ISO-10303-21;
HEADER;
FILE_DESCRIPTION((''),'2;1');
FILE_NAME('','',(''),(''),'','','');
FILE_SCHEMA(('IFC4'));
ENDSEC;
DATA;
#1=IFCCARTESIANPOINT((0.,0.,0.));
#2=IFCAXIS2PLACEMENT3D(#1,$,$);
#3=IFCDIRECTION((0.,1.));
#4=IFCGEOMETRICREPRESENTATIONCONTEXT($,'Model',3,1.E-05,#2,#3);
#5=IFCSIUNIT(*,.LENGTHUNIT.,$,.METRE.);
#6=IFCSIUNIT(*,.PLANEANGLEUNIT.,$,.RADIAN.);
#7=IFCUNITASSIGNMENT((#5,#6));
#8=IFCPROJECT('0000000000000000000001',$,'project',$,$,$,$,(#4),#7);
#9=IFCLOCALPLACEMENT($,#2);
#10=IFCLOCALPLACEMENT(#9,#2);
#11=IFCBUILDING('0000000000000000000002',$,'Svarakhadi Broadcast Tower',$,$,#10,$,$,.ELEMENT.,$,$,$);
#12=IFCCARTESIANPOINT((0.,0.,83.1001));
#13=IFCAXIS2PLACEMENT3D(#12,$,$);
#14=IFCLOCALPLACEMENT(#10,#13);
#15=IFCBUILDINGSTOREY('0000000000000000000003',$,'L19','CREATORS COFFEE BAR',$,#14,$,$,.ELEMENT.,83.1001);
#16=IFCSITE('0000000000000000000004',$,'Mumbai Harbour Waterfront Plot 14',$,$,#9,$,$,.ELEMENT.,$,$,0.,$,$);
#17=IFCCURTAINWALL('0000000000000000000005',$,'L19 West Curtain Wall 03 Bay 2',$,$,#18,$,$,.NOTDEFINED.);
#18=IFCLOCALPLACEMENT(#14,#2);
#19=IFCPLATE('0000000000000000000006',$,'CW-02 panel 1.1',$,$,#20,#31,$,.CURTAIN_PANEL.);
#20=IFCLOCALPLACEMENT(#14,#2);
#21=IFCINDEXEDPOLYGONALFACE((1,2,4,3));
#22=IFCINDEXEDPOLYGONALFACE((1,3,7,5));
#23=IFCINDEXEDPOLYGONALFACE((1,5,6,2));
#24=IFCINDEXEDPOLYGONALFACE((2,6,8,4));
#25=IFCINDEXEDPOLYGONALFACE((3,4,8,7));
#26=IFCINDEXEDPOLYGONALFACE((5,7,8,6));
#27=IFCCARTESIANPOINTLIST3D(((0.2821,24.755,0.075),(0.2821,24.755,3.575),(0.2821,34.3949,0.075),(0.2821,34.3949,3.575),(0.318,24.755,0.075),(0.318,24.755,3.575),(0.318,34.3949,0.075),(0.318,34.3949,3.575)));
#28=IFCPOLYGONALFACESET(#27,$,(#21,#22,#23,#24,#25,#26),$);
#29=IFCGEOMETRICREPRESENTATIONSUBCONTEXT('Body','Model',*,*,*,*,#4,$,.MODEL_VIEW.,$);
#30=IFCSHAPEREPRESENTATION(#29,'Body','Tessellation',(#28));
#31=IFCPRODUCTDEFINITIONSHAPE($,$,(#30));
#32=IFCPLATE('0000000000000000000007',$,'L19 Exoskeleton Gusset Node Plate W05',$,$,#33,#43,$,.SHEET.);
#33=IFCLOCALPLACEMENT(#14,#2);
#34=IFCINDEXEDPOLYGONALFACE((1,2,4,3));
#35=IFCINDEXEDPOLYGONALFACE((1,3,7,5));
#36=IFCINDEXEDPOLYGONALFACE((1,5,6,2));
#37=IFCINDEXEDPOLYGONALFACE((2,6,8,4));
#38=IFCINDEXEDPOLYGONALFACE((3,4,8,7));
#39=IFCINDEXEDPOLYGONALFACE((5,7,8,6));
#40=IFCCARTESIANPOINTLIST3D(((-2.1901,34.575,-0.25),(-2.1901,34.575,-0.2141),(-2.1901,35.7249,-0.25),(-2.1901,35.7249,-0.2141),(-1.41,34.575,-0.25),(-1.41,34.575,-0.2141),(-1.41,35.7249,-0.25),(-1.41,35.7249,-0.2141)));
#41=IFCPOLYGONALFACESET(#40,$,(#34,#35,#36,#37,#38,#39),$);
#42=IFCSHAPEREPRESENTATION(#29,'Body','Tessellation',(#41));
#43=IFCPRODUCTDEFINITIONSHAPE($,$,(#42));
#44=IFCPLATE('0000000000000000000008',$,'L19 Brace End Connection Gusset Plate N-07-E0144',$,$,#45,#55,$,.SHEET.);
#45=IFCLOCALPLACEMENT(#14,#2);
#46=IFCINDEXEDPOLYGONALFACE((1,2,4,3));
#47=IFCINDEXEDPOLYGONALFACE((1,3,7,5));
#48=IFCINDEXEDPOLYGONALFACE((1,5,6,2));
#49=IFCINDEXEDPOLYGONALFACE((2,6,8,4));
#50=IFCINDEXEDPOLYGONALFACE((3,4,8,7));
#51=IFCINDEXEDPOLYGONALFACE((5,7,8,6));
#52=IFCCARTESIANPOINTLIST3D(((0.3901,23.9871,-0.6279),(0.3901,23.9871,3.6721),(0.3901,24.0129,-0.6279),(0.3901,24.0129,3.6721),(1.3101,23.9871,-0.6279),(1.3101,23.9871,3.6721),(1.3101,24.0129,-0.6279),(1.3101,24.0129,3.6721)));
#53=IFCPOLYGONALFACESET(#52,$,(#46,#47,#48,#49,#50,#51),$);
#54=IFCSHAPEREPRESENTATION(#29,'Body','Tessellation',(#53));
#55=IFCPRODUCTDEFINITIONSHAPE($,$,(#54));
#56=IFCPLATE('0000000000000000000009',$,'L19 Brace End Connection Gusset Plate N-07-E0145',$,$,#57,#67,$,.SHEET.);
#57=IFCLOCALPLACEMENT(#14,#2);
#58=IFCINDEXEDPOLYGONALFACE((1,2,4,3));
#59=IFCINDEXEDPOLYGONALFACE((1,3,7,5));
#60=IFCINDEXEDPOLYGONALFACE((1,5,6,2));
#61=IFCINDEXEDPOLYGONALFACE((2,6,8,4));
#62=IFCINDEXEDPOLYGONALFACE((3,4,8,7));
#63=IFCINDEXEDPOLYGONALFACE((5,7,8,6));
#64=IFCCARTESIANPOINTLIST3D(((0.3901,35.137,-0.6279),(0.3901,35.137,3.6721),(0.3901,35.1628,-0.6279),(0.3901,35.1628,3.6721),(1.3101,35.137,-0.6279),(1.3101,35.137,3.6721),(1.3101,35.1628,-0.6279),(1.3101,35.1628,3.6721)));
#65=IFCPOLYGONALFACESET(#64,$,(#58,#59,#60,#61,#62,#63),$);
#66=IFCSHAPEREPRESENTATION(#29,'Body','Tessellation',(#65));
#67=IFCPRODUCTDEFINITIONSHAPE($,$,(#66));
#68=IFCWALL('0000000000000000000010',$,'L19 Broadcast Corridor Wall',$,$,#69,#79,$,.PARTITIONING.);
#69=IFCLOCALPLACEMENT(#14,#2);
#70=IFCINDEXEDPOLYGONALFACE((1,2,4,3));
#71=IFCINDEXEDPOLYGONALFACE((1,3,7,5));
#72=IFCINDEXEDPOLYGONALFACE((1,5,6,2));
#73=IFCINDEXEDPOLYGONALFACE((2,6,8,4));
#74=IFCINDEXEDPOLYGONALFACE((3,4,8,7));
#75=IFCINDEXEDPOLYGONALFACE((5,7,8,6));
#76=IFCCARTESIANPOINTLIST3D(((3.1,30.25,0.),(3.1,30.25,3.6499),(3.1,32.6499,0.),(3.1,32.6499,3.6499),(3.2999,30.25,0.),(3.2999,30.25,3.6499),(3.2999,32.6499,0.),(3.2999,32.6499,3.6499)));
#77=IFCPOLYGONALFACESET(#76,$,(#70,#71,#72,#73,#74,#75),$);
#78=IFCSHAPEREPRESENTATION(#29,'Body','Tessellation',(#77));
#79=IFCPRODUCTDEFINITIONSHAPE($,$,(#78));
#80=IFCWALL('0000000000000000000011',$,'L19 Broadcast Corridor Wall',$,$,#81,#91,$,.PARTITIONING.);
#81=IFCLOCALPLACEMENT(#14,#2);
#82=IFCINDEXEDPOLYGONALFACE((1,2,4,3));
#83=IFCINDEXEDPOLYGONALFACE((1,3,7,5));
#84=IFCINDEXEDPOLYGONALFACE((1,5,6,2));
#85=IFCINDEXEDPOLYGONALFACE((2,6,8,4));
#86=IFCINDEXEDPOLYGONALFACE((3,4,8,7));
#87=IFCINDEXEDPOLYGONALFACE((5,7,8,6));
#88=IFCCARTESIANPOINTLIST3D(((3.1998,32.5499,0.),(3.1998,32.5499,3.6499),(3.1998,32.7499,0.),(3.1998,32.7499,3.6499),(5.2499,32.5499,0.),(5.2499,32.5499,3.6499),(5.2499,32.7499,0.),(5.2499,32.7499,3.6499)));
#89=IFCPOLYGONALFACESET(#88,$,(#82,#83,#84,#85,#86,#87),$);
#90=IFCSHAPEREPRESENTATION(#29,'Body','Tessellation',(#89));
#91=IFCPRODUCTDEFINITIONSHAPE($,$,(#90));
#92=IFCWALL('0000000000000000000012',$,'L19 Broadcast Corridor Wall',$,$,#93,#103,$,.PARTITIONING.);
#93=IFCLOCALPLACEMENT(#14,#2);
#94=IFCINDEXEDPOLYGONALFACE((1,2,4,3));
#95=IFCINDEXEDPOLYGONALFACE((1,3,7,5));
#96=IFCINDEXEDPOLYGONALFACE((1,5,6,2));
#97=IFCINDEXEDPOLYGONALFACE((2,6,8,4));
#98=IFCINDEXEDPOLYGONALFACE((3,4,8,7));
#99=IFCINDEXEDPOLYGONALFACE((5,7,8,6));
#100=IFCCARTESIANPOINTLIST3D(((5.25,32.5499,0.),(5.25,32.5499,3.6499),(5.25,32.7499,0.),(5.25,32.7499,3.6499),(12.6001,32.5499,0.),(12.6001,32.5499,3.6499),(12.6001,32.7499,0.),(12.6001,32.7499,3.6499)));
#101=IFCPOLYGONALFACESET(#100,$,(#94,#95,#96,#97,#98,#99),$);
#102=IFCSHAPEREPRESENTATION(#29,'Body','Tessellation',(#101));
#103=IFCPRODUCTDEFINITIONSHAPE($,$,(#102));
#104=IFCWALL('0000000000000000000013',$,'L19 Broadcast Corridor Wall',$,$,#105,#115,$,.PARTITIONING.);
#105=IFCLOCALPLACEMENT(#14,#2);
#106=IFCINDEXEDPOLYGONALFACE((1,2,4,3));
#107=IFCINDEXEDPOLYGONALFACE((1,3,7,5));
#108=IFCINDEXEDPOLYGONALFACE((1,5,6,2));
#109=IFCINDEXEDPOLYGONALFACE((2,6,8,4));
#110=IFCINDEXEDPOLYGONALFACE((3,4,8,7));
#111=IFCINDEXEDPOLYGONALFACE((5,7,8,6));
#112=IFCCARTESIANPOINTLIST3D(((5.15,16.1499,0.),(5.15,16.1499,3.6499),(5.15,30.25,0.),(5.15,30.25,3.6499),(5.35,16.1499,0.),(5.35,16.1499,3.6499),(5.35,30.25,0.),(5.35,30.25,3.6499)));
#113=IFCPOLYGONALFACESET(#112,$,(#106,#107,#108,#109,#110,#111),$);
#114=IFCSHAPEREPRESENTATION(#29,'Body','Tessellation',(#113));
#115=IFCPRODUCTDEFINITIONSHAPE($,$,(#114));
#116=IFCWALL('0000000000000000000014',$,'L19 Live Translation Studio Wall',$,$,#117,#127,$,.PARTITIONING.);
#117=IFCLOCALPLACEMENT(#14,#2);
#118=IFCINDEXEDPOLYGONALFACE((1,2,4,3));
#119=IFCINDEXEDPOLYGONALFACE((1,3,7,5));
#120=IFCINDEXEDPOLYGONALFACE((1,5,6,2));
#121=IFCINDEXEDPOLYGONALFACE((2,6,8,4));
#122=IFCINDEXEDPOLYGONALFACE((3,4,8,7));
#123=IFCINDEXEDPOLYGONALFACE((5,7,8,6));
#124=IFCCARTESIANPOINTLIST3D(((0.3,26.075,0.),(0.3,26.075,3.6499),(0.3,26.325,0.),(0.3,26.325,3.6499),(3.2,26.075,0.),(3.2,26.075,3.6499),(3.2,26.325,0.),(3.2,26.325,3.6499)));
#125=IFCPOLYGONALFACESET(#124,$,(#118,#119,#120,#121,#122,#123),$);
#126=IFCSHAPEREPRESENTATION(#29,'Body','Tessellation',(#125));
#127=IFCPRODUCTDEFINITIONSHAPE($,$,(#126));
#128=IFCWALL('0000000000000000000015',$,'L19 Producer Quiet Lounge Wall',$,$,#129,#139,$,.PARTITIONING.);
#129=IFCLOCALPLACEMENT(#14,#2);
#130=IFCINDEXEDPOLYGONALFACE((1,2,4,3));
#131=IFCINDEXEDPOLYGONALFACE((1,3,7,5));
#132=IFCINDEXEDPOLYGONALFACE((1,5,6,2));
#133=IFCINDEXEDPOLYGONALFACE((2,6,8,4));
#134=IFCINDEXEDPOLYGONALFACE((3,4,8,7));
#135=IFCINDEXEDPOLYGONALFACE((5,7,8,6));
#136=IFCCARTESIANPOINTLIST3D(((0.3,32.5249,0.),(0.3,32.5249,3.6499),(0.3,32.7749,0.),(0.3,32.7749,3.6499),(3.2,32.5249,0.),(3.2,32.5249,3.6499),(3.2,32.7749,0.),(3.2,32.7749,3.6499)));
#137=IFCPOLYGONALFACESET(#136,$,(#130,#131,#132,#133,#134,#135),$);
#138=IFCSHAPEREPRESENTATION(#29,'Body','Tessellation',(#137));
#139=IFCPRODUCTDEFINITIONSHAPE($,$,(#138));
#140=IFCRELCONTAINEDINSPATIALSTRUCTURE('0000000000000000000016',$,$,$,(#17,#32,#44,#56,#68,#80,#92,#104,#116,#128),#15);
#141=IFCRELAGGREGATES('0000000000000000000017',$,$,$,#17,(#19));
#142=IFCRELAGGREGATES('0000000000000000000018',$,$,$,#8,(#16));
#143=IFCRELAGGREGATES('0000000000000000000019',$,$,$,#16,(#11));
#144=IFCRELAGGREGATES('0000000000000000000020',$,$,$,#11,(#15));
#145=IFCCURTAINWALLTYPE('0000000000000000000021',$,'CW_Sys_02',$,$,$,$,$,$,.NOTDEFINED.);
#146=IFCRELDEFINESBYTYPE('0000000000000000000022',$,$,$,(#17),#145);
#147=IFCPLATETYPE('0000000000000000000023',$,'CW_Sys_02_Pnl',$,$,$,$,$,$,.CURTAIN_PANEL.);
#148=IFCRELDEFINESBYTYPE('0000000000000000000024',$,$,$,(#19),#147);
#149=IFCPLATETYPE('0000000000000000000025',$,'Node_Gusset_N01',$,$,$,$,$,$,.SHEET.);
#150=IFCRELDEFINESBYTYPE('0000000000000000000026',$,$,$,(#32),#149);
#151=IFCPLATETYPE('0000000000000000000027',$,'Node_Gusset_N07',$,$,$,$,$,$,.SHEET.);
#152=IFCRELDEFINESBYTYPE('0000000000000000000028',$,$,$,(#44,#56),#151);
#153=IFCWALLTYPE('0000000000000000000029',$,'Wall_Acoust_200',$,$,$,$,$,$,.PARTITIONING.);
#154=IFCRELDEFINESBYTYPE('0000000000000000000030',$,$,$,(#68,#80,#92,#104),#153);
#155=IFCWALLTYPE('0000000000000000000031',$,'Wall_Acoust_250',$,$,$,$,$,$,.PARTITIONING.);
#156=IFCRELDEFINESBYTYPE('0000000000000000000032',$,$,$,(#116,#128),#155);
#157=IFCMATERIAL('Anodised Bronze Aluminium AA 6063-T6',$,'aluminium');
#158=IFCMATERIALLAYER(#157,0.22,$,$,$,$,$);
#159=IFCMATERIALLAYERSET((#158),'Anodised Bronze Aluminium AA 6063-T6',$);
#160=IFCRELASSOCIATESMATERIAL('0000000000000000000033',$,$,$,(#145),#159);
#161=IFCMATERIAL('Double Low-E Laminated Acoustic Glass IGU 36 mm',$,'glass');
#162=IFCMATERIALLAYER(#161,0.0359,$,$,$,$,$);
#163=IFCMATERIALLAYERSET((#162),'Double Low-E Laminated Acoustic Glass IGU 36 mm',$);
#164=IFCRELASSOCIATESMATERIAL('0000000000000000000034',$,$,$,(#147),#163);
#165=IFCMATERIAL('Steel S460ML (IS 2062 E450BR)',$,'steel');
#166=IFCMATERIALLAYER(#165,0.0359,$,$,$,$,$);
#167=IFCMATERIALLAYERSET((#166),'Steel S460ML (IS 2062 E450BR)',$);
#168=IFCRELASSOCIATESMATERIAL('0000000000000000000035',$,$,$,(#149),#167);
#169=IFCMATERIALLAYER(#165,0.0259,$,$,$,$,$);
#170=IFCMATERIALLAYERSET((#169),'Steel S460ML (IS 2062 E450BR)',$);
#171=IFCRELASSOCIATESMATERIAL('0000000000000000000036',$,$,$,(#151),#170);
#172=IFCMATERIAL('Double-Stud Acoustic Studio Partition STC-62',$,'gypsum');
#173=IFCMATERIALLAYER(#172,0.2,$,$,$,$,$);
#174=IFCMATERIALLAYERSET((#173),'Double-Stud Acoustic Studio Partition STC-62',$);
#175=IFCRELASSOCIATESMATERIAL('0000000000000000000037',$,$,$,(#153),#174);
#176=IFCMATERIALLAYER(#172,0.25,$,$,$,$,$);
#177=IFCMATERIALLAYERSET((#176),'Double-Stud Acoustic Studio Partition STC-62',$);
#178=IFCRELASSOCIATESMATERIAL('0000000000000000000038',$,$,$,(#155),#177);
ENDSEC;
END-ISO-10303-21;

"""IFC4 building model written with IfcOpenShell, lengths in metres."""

from ifc_helpers import new_model, si_unit, direction, frame, frame_2d, origin, origin_2d, place, context, subcontext, project, spatial, rectangle, extrude, material, layer, layer_set, type_object, element, aggregate, save


model = new_model("IFC4")

# Units and contexts
model_context = context("Model", 3, precision=1e-05, world=origin(), true_north=direction((0.0, 1.0)))
body_context = subcontext(model_context, "Body", "Model", "MODEL_VIEW")
ifc_project = project(units=[si_unit("LENGTHUNIT", "METRE"), si_unit("PLANEANGLEUNIT", "RADIAN")], contexts=[model_context])

# Site, building, storey
site_placement = place(None, origin())
site = spatial("IfcSite", under=ifc_project, at=site_placement, Name="Mumbai Harbour Waterfront Plot 14", CompositionType="ELEMENT", RefElevation=0.0)
building_placement = place(site_placement, origin())
building = spatial("IfcBuilding", under=site, at=building_placement, Name="Svarakhadi Broadcast Tower", CompositionType="ELEMENT")
storey_placement = place(building_placement, frame((0.0, 0.0, 83.1001)))
storey = spatial("IfcBuildingStorey", under=building, at=storey_placement, Name="L19", Description="CREATORS COFFEE BAR", CompositionType="ELEMENT", Elevation=83.1001)

# Shared definitions
ifc_material_1 = material(Name="Steel S460ML (IS 2062 E450BR)", Category="steel")

# Curtain wall
ifc_material_2 = material(Name="Anodised Bronze Aluminium AA 6063-T6", Category="aluminium")
ifc_layer_1 = layer(ifc_material_2, 0.22)
ifc_layer_set_1 = layer_set([ifc_layer_1], Name="Anodised Bronze Aluminium AA 6063-T6")
curtain_wall_type = type_object("IfcCurtainWallType", Name="CW_Sys_02", PredefinedType="NOTDEFINED", material=ifc_layer_set_1)
curtain_wall_placement = place(storey_placement, origin())
curtain_wall = element("IfcCurtainWall", 1, at=curtain_wall_placement, inside=storey, type_object=curtain_wall_type, Name="L19 West Curtain Wall 03 Bay 2", PredefinedType="NOTDEFINED")

# Plate
ifc_material_3 = material(Name="Double Low-E Laminated Acoustic Glass IGU 36 mm", Category="glass")
ifc_layer_2 = layer(ifc_material_3, 0.0359)
ifc_layer_set_2 = layer_set([ifc_layer_2], Name="Double Low-E Laminated Acoustic Glass IGU 36 mm")
plate_type_1 = type_object("IfcPlateType", Name="CW_Sys_02_Pnl", PredefinedType="CURTAIN_PANEL", material=ifc_layer_set_2)
plate_1_placement = place(storey_placement, frame((0.3, 29.575, 0.075), z_axis=(0.0, 0.0, 1.0), x_axis=(0.0, 1.0, 0.0)))
plate_1 = element("IfcPlate", 2, at=plate_1_placement, type_object=plate_type_1, Name="CW-02 panel 1.1", PredefinedType="CURTAIN_PANEL", context=body_context, shape_type="SweptSolid", body=[
    extrude(rectangle(XDim=9.6399, YDim=0.0359, at=origin_2d()), origin(), (0.0, 0.0, 1.0), 3.5),
])
aggregate(curtain_wall, [plate_1])

# Plates
ifc_layer_3 = layer(ifc_material_1, 0.0359)
ifc_layer_set_3 = layer_set([ifc_layer_3], Name="Steel S460ML (IS 2062 E450BR)")
plate_type_2 = type_object("IfcPlateType", Name="Node_Gusset_N01", PredefinedType="SHEET", material=ifc_layer_set_3)
plate_2_placement = place(storey_placement, frame((-1.8, 35.1499, -0.25), z_axis=(0.0, 0.0, 1.0), x_axis=(0.0, 1.0, 0.0)))
element("IfcPlate", 3, at=plate_2_placement, inside=storey, type_object=plate_type_2, Name="L19 Exoskeleton Gusset Node Plate W05", PredefinedType="SHEET", context=body_context, shape_type="SweptSolid", body=[
    extrude(rectangle(XDim=1.1499, YDim=0.78, at=origin_2d()), origin(), (0.0, 0.0, 1.0), 0.0359),
])
ifc_layer_4 = layer(ifc_material_1, 0.0259)
ifc_layer_set_4 = layer_set([ifc_layer_4], Name="Steel S460ML (IS 2062 E450BR)")
plate_type_3 = type_object("IfcPlateType", Name="Node_Gusset_N07", PredefinedType="SHEET", material=ifc_layer_set_4)
for number, where, z_axis, x_axis, name in (
    (4, (0.8501, 24.0, -0.6279), (0.0, 0.0, 1.0), (1.0, 0.0, 0.0), "L19 Brace End Connection Gusset Plate N-07-E0144"),
    (5, (0.8501, 35.1499, -0.6279), (0.0, 0.0, 1.0), (1.0, 0.0, 0.0), "L19 Brace End Connection Gusset Plate N-07-E0145"),
):
    element("IfcPlate", number, at=place(storey_placement, frame(where, z_axis=z_axis, x_axis=x_axis)), inside=storey, type_object=plate_type_3, Name=name, PredefinedType="SHEET", context=body_context, shape_type="SweptSolid", body=[
        extrude(rectangle(XDim=0.9199, YDim=0.0259, at=origin_2d()), origin(), (0.0, 0.0, 1.0), 4.3),
    ])

# Walls
ifc_material_4 = material(Name="Double-Stud Acoustic Studio Partition STC-62", Category="gypsum")
ifc_layer_5 = layer(ifc_material_4, 0.2)
ifc_layer_set_5 = layer_set([ifc_layer_5], Name="Double-Stud Acoustic Studio Partition STC-62")
wall_type_1 = type_object("IfcWallType", Name="Wall_Acoust_200", PredefinedType="PARTITIONING", material=ifc_layer_set_5)
wall_1_placement = place(storey_placement, frame((3.2, 30.25, 0.0), z_axis=(0.0, 0.0, 1.0), x_axis=(0.0, 1.0, 0.0)))
element("IfcWall", 6, at=wall_1_placement, inside=storey, type_object=wall_type_1, Name="L19 Broadcast Corridor Wall", PredefinedType="PARTITIONING", context=body_context, shape_type="SweptSolid", body=[
    extrude(rectangle(XDim=2.3999, YDim=0.2, at=frame_2d((1.2, 0.0))), origin(), (0.0, 0.0, 1.0), 3.6499),
])
wall_2_placement = place(storey_placement, frame((3.2, 32.6499, 0.0), z_axis=(0.0, 0.0, 1.0), x_axis=(1.0, 0.0, 0.0)))
element("IfcWall", 7, at=wall_2_placement, inside=storey, type_object=wall_type_1, Name="L19 Broadcast Corridor Wall", PredefinedType="PARTITIONING", context=body_context, shape_type="SweptSolid", body=[
    extrude(rectangle(XDim=2.05, YDim=0.2, at=frame_2d((1.0249, 0.0))), origin(), (0.0, 0.0, 1.0), 3.6499),
])
wall_3_placement = place(storey_placement, frame((5.25, 32.6499, 0.0), z_axis=(0.0, 0.0, 1.0), x_axis=(1.0, 0.0, 0.0)))
element("IfcWall", 8, at=wall_3_placement, inside=storey, type_object=wall_type_1, Name="L19 Broadcast Corridor Wall", PredefinedType="PARTITIONING", context=body_context, shape_type="SweptSolid", body=[
    extrude(rectangle(XDim=7.3501, YDim=0.2, at=frame_2d((3.675, 0.0))), origin(), (0.0, 0.0, 1.0), 3.6499),
])
wall_4_placement = place(storey_placement, frame((5.25, 30.25, 0.0), z_axis=(0.0, 0.0, 1.0), x_axis=(0.0, -1.0, 0.0)))
element("IfcWall", 9, at=wall_4_placement, inside=storey, type_object=wall_type_1, Name="L19 Broadcast Corridor Wall", PredefinedType="PARTITIONING", context=body_context, shape_type="SweptSolid", body=[
    extrude(rectangle(XDim=14.1001, YDim=0.2, at=frame_2d((7.05, 0.0))), origin(), (0.0, 0.0, 1.0), 3.6499),
])
ifc_layer_6 = layer(ifc_material_4, 0.25)
ifc_layer_set_6 = layer_set([ifc_layer_6], Name="Double-Stud Acoustic Studio Partition STC-62")
wall_type_2 = type_object("IfcWallType", Name="Wall_Acoust_250", PredefinedType="PARTITIONING", material=ifc_layer_set_6)
for number, where, z_axis, x_axis, name in (
    (10, (0.3, 26.2, 0.0), (0.0, 0.0, 1.0), (1.0, 0.0, 0.0), "L19 Live Translation Studio Wall"),
    (11, (0.3, 32.6499, 0.0), (0.0, 0.0, 1.0), (1.0, 0.0, 0.0), "L19 Producer Quiet Lounge Wall"),
):
    element("IfcWall", number, at=place(storey_placement, frame(where, z_axis=z_axis, x_axis=x_axis)), inside=storey, type_object=wall_type_2, Name=name, PredefinedType="PARTITIONING", context=body_context, shape_type="SweptSolid", body=[
        extrude(rectangle(XDim=2.8999, YDim=0.25, at=frame_2d((1.45, 0.0))), origin(), (0.0, 0.0, 1.0), 3.6499),
    ])

save(model, "model.ifc")
